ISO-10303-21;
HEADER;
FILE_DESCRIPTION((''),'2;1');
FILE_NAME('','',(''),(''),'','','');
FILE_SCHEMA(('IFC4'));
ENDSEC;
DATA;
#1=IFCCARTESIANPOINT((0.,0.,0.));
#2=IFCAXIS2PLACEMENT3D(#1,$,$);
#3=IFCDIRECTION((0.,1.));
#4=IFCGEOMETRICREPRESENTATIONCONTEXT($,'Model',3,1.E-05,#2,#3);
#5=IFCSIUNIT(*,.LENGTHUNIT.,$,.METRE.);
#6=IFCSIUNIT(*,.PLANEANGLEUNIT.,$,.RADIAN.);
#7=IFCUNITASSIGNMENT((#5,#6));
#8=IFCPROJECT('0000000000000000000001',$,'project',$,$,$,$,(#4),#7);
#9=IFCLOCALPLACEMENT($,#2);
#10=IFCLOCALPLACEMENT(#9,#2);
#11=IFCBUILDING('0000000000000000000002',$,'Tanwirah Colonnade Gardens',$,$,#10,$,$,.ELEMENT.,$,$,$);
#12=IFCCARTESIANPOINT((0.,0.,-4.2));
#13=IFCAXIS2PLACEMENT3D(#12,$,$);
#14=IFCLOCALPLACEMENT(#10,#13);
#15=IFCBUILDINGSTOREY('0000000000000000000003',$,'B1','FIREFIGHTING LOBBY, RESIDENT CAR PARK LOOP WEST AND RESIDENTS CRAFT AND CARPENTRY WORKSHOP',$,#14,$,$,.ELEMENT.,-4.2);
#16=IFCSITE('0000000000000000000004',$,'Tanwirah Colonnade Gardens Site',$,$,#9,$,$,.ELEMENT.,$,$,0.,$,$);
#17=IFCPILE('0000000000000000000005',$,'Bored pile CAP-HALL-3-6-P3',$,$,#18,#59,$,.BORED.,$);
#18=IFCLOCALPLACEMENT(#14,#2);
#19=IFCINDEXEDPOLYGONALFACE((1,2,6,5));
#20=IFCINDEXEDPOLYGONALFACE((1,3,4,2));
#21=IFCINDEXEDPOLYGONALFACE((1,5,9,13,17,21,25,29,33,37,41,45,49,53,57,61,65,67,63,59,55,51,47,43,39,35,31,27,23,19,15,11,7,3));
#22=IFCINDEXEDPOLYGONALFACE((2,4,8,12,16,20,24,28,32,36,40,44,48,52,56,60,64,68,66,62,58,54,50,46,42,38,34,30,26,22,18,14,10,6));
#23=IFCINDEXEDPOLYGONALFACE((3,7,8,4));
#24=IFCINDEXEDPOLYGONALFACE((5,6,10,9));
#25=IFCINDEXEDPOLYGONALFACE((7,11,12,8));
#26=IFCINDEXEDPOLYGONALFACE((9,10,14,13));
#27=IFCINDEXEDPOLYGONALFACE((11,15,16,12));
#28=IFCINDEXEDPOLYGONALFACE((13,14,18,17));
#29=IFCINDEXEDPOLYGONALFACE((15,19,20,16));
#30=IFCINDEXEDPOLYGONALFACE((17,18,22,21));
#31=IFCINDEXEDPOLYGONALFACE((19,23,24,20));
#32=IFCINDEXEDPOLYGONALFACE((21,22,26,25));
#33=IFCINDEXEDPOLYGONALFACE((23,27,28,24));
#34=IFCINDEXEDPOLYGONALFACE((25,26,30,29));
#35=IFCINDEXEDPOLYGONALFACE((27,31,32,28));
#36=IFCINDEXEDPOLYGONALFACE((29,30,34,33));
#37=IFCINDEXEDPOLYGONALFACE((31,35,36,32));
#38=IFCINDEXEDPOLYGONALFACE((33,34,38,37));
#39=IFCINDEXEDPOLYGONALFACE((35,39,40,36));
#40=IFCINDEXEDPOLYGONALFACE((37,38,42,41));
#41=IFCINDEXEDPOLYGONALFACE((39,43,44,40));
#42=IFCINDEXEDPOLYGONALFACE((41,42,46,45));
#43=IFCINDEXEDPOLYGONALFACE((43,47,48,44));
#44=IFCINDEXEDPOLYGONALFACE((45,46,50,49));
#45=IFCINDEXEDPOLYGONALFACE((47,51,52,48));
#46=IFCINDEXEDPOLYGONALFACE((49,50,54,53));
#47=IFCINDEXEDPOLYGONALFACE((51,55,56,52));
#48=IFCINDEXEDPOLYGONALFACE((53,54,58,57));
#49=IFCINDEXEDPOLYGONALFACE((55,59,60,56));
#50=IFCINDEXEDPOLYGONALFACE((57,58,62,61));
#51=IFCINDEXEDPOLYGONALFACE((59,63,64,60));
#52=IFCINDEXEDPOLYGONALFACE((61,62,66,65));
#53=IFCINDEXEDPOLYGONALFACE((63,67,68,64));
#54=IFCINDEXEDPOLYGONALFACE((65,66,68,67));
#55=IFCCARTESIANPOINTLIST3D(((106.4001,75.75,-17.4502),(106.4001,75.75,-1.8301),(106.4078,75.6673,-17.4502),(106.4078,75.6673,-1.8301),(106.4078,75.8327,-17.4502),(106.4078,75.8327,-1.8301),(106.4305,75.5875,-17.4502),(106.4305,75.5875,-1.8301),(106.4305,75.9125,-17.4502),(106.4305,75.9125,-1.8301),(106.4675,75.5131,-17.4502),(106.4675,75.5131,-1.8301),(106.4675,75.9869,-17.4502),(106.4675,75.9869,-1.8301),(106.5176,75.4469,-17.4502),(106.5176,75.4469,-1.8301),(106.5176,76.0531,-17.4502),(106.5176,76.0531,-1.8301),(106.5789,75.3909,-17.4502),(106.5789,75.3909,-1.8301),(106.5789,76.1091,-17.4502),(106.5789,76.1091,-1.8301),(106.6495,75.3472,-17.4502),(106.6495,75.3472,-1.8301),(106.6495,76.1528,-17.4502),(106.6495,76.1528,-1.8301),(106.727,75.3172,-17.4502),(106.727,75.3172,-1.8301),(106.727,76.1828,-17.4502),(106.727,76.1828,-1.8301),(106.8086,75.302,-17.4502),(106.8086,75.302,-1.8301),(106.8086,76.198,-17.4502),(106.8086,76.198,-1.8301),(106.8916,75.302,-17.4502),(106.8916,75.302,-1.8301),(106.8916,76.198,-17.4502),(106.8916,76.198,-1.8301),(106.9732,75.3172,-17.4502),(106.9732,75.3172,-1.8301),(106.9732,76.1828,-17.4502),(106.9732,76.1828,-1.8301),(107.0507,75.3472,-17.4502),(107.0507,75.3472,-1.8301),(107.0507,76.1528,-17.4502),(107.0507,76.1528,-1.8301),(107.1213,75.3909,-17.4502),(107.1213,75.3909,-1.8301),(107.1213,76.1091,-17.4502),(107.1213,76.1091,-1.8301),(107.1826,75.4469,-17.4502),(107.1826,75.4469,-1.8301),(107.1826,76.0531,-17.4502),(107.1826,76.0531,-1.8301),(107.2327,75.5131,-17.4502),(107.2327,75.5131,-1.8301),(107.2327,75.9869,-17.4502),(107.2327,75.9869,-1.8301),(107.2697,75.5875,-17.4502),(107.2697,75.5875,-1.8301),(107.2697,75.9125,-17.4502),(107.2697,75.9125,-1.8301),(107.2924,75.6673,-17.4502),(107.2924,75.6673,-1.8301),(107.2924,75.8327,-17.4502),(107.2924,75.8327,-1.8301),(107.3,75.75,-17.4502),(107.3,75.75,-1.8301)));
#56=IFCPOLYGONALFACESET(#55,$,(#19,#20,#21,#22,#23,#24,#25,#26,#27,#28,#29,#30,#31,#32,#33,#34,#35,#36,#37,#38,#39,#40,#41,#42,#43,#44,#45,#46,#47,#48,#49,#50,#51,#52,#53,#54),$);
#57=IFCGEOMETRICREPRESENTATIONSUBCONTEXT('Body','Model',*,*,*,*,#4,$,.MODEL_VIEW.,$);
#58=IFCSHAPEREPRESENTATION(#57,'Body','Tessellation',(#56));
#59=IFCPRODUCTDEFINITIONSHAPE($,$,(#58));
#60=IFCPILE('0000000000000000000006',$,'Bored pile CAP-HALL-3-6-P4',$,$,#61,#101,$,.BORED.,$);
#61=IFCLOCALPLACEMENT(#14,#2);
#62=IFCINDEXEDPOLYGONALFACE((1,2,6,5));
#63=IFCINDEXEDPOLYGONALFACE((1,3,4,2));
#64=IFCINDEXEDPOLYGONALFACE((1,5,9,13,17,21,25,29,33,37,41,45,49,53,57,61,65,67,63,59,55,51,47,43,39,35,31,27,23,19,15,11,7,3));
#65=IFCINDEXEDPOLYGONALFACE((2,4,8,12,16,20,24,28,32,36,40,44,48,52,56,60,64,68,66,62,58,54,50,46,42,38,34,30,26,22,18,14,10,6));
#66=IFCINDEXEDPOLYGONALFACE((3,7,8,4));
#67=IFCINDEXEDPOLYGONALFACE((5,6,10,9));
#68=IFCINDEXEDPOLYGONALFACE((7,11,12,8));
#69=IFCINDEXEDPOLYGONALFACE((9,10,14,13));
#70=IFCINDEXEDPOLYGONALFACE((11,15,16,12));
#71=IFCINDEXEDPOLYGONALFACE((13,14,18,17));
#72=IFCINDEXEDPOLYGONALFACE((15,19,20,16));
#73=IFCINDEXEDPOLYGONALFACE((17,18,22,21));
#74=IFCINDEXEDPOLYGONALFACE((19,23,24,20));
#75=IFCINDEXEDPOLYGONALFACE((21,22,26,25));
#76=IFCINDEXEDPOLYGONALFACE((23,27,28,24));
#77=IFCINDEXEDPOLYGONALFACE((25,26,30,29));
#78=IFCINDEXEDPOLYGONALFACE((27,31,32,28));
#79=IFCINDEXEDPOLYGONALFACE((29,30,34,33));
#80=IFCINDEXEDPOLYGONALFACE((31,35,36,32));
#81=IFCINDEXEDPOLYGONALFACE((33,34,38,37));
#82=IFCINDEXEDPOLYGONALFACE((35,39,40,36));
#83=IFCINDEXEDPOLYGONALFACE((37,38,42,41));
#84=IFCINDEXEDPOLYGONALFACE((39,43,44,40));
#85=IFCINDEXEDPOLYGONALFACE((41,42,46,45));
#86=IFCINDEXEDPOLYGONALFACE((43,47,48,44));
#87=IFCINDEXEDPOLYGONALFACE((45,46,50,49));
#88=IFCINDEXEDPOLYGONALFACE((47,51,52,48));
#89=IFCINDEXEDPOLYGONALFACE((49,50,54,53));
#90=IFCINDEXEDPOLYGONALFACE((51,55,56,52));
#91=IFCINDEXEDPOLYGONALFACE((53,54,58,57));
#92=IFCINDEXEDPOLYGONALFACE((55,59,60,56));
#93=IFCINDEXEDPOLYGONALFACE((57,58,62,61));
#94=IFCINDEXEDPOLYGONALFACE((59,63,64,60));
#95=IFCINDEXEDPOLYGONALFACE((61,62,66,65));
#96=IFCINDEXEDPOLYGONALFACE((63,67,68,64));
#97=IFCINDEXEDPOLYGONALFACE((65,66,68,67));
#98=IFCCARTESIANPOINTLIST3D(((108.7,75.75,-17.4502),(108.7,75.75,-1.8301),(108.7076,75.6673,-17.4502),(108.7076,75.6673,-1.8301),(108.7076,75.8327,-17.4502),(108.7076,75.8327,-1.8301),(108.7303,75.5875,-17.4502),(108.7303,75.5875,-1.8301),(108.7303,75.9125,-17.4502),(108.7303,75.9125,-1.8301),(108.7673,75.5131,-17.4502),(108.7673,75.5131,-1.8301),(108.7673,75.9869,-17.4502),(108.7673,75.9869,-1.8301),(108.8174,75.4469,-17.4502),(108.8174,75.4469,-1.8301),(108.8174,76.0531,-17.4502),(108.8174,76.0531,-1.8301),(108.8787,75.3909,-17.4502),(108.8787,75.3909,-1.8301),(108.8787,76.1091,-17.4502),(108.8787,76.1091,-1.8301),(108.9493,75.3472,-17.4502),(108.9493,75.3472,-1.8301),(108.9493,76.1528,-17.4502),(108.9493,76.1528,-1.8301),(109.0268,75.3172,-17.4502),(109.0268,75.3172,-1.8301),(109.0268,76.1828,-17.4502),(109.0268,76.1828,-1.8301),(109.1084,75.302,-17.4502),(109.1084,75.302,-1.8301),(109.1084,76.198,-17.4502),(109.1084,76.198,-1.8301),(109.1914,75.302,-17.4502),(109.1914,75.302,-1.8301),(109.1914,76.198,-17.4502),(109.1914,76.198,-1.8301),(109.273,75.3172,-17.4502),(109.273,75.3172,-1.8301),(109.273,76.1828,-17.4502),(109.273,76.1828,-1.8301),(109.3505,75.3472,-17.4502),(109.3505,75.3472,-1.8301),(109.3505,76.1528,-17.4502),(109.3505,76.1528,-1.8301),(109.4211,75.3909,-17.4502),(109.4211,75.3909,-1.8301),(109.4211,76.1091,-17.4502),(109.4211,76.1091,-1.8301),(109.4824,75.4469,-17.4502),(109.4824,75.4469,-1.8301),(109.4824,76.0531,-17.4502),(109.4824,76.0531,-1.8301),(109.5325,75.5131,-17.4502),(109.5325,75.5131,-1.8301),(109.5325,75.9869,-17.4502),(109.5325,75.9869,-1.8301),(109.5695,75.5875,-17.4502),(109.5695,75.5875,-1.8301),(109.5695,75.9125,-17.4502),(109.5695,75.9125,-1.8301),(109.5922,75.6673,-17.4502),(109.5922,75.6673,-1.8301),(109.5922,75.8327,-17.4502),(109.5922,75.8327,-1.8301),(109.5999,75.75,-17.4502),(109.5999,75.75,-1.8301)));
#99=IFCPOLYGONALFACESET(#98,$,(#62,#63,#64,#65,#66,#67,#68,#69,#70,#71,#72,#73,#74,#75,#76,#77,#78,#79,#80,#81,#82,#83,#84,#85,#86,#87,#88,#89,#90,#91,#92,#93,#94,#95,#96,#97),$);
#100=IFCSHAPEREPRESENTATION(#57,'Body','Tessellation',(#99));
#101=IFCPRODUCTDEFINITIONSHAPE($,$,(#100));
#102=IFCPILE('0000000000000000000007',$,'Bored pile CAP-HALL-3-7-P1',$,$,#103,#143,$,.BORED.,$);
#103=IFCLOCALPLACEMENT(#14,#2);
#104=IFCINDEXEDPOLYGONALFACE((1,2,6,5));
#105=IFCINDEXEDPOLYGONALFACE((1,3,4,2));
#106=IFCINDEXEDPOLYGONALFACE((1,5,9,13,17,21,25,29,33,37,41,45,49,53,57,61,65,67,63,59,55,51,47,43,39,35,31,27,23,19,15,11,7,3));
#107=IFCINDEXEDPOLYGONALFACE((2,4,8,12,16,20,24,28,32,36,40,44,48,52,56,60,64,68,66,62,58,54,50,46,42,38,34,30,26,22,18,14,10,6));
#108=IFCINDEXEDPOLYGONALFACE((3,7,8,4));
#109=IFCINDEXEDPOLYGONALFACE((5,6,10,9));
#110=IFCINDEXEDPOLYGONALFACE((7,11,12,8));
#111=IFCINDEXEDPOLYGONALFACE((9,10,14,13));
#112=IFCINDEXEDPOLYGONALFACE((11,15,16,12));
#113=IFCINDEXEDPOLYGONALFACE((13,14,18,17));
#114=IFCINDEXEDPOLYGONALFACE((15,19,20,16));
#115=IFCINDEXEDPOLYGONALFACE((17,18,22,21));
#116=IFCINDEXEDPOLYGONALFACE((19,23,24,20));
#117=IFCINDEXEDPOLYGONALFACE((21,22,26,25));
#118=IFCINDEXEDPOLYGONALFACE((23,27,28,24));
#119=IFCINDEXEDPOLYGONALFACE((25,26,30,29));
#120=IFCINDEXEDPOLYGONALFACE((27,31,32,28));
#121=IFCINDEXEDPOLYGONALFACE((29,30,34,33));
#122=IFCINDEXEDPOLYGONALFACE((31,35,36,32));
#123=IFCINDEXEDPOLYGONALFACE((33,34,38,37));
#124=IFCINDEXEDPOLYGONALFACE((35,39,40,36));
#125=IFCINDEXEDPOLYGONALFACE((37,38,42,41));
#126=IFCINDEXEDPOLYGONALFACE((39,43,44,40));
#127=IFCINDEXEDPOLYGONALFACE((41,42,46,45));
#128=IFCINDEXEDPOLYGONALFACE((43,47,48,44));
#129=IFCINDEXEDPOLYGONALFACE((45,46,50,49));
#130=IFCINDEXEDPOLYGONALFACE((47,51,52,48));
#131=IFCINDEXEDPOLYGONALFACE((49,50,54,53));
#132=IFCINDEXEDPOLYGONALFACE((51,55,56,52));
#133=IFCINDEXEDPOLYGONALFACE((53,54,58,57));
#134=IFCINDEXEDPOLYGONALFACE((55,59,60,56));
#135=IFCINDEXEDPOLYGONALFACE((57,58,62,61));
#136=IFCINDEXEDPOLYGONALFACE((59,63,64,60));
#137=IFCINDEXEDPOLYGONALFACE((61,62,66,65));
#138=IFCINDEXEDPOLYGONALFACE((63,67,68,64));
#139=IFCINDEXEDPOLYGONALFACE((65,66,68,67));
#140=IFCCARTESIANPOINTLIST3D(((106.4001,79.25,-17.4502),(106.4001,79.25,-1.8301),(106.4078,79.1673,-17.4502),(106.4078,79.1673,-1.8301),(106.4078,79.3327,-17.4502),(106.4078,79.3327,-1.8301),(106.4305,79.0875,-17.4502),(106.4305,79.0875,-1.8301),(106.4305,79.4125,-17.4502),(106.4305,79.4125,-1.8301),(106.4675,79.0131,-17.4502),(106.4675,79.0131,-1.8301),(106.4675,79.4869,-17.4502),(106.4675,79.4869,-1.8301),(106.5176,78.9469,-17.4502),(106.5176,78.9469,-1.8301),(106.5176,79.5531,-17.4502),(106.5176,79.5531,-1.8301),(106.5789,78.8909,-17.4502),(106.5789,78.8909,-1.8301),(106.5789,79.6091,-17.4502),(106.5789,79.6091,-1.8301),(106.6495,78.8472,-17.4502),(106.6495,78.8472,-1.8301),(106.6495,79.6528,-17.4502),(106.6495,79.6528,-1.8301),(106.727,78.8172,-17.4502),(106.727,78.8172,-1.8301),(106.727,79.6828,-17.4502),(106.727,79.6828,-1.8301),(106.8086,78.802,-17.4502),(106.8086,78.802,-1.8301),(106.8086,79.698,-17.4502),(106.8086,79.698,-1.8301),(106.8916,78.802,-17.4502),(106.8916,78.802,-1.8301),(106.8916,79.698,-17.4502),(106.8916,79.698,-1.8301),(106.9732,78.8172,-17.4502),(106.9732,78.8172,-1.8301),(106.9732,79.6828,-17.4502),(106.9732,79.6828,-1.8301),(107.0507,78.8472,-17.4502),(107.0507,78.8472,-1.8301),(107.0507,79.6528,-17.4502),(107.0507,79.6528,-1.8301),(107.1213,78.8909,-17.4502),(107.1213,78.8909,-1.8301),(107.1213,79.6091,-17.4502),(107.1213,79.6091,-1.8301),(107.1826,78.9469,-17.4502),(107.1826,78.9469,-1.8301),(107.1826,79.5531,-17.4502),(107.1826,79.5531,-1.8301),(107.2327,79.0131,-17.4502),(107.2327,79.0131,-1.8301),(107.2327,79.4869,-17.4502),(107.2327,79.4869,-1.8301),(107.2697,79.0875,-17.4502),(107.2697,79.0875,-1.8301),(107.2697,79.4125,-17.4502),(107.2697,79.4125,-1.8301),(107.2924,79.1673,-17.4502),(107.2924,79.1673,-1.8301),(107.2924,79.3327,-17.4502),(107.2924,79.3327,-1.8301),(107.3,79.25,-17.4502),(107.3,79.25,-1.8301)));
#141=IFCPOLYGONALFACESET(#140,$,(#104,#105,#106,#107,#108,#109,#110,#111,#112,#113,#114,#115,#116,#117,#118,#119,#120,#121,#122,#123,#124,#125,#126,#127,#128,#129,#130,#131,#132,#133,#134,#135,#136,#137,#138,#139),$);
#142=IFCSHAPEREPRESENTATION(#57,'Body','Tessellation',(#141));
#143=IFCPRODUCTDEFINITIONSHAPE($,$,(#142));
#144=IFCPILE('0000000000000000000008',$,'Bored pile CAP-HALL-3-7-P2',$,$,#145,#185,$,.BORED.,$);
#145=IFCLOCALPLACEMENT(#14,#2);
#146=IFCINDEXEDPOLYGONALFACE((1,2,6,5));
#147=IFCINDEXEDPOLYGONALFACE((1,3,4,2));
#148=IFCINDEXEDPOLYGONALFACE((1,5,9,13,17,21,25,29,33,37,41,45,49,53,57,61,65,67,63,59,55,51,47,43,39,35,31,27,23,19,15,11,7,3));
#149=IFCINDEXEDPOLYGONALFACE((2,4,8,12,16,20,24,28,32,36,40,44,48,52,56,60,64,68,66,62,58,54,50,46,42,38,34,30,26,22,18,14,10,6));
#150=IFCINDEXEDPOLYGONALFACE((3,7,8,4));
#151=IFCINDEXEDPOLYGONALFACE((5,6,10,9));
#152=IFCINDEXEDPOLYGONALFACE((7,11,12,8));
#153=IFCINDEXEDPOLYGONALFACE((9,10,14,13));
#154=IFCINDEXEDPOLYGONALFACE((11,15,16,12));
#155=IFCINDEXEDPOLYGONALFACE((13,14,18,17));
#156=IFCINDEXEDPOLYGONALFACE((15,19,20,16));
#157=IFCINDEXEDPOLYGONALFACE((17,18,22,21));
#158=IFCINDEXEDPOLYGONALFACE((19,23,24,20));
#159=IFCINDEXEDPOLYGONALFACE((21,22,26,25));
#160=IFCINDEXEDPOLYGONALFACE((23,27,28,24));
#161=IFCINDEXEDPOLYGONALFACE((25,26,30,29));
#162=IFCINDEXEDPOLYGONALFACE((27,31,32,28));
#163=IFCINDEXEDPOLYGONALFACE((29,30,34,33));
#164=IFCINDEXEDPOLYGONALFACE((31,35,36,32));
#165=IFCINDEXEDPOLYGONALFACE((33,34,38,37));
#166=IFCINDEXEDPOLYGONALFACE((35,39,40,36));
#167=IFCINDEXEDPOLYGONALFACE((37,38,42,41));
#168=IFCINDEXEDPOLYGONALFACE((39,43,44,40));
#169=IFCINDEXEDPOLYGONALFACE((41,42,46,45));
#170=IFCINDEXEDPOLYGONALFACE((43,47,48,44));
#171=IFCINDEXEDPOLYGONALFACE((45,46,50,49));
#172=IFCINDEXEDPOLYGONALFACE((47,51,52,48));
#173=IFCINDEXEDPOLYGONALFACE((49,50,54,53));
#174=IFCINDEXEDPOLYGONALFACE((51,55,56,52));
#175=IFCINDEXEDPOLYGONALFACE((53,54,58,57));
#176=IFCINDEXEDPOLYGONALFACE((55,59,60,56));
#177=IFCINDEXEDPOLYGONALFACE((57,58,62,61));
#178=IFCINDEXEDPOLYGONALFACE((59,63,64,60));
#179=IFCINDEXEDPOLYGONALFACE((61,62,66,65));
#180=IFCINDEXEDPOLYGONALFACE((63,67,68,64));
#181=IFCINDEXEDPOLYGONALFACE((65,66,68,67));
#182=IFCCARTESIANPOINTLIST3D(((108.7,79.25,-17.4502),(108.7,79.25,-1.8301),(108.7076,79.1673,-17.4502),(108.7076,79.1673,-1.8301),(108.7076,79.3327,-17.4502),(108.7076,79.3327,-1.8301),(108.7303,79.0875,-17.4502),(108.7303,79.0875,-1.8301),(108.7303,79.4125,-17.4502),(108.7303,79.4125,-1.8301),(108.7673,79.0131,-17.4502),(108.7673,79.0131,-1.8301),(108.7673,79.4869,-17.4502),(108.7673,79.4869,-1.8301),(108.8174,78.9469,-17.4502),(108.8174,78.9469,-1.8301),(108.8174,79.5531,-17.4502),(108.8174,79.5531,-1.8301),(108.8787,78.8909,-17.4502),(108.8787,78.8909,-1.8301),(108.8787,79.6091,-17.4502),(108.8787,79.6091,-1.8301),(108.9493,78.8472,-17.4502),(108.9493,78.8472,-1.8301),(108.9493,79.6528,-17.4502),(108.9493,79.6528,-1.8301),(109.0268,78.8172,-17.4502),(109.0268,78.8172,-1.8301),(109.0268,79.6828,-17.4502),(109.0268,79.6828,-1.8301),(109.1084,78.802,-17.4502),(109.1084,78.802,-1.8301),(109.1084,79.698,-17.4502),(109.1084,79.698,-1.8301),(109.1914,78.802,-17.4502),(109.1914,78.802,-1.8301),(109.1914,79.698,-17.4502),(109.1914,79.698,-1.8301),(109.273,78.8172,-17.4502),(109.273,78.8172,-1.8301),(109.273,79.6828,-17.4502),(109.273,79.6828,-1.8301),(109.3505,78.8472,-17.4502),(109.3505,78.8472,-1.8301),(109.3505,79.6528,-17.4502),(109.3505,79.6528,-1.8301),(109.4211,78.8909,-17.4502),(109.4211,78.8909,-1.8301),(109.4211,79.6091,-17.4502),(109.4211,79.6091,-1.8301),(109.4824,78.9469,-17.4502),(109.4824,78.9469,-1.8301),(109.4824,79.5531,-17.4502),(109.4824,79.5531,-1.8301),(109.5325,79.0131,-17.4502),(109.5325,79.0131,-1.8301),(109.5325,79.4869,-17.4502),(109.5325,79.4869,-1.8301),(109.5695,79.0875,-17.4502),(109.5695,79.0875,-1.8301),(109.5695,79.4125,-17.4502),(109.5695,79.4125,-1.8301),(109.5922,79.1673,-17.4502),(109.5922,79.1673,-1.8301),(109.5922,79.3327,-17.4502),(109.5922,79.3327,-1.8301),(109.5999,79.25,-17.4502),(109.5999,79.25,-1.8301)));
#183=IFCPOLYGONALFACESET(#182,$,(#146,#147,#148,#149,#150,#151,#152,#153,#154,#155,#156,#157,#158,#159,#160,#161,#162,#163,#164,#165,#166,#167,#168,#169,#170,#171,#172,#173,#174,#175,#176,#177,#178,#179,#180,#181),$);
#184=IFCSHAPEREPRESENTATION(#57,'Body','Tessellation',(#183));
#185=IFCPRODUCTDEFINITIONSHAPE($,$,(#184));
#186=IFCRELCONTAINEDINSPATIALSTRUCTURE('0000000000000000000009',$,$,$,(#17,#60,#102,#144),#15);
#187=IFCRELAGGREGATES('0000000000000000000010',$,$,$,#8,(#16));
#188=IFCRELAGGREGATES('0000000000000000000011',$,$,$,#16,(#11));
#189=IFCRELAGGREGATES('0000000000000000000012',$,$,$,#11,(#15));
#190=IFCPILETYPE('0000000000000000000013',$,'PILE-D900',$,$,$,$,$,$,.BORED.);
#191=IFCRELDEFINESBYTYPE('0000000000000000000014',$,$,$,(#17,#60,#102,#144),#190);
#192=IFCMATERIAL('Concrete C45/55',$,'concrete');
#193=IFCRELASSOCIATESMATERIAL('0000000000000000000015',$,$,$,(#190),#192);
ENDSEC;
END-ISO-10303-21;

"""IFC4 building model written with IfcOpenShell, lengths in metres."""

from ifc_helpers import new_model, si_unit, direction, frame, origin, origin_2d, place, context, subcontext, project, spatial, circle, extrude, material, material_profile, profile_set, type_object, element, save


model = new_model("IFC4")

# Units and contexts
model_context = context("Model", 3, precision=1e-05, world=origin(), true_north=direction((0.0, 1.0)))
body_context = subcontext(model_context, "Body", "Model", "MODEL_VIEW")
ifc_project = project(units=[si_unit("LENGTHUNIT", "METRE"), si_unit("PLANEANGLEUNIT", "RADIAN")], contexts=[model_context])

# Site, building, storey
site_placement = place(None, origin())
site = spatial("IfcSite", under=ifc_project, at=site_placement, Name="Tanwirah Colonnade Gardens Site", CompositionType="ELEMENT", RefElevation=0.0)
building_placement = place(site_placement, origin())
building = spatial("IfcBuilding", under=site, at=building_placement, Name="Tanwirah Colonnade Gardens", CompositionType="ELEMENT")
storey_placement = place(building_placement, frame((0.0, 0.0, -4.2)))
storey = spatial("IfcBuildingStorey", under=building, at=storey_placement, Name="B1", Description="FIREFIGHTING LOBBY, RESIDENT CAR PARK LOOP WEST AND RESIDENTS CRAFT AND CARPENTRY WORKSHOP", CompositionType="ELEMENT", Elevation=-4.2)

# Shared definitions
ifc_material_1 = material(Name="Concrete C45/55", Category="concrete")

# Piles
ifc_material_profile_1 = material_profile(ifc_material_1, circle(Radius=0.45, at=origin_2d()), Name="PILE D900")
ifc_profile_set_1 = profile_set([ifc_material_profile_1], Name="Concrete C45/55")
pile_type_1 = type_object("IfcPileType", Name="PILE-D900", PredefinedType="BORED", material=ifc_profile_set_1)
for number, where, z_axis, x_axis, name in (
    (1, (106.8501, 75.75, -1.8301), (0.0, 0.0, -1.0), (1.0, 0.0, 0.0), "Bored pile CAP-HALL-3-6-P3"),
    (2, (109.1499, 75.75, -1.8301), (0.0, 0.0, -1.0), (1.0, 0.0, 0.0), "Bored pile CAP-HALL-3-6-P4"),
    (3, (106.8501, 79.25, -1.8301), (0.0, 0.0, -1.0), (1.0, 0.0, 0.0), "Bored pile CAP-HALL-3-7-P1"),
    (4, (109.1499, 79.25, -1.8301), (0.0, 0.0, -1.0), (1.0, 0.0, 0.0), "Bored pile CAP-HALL-3-7-P2"),
):
    element("IfcPile", number, at=place(storey_placement, frame(where, z_axis=z_axis, x_axis=x_axis)), inside=storey, type_object=pile_type_1, Name=name, PredefinedType="BORED", context=body_context, shape_type="SweptSolid", body=[
        extrude(circle(Radius=0.45, at=origin_2d()), origin(), (0.0, 0.0, 1.0), 15.6201),
    ])

save(model, "model.ifc")
